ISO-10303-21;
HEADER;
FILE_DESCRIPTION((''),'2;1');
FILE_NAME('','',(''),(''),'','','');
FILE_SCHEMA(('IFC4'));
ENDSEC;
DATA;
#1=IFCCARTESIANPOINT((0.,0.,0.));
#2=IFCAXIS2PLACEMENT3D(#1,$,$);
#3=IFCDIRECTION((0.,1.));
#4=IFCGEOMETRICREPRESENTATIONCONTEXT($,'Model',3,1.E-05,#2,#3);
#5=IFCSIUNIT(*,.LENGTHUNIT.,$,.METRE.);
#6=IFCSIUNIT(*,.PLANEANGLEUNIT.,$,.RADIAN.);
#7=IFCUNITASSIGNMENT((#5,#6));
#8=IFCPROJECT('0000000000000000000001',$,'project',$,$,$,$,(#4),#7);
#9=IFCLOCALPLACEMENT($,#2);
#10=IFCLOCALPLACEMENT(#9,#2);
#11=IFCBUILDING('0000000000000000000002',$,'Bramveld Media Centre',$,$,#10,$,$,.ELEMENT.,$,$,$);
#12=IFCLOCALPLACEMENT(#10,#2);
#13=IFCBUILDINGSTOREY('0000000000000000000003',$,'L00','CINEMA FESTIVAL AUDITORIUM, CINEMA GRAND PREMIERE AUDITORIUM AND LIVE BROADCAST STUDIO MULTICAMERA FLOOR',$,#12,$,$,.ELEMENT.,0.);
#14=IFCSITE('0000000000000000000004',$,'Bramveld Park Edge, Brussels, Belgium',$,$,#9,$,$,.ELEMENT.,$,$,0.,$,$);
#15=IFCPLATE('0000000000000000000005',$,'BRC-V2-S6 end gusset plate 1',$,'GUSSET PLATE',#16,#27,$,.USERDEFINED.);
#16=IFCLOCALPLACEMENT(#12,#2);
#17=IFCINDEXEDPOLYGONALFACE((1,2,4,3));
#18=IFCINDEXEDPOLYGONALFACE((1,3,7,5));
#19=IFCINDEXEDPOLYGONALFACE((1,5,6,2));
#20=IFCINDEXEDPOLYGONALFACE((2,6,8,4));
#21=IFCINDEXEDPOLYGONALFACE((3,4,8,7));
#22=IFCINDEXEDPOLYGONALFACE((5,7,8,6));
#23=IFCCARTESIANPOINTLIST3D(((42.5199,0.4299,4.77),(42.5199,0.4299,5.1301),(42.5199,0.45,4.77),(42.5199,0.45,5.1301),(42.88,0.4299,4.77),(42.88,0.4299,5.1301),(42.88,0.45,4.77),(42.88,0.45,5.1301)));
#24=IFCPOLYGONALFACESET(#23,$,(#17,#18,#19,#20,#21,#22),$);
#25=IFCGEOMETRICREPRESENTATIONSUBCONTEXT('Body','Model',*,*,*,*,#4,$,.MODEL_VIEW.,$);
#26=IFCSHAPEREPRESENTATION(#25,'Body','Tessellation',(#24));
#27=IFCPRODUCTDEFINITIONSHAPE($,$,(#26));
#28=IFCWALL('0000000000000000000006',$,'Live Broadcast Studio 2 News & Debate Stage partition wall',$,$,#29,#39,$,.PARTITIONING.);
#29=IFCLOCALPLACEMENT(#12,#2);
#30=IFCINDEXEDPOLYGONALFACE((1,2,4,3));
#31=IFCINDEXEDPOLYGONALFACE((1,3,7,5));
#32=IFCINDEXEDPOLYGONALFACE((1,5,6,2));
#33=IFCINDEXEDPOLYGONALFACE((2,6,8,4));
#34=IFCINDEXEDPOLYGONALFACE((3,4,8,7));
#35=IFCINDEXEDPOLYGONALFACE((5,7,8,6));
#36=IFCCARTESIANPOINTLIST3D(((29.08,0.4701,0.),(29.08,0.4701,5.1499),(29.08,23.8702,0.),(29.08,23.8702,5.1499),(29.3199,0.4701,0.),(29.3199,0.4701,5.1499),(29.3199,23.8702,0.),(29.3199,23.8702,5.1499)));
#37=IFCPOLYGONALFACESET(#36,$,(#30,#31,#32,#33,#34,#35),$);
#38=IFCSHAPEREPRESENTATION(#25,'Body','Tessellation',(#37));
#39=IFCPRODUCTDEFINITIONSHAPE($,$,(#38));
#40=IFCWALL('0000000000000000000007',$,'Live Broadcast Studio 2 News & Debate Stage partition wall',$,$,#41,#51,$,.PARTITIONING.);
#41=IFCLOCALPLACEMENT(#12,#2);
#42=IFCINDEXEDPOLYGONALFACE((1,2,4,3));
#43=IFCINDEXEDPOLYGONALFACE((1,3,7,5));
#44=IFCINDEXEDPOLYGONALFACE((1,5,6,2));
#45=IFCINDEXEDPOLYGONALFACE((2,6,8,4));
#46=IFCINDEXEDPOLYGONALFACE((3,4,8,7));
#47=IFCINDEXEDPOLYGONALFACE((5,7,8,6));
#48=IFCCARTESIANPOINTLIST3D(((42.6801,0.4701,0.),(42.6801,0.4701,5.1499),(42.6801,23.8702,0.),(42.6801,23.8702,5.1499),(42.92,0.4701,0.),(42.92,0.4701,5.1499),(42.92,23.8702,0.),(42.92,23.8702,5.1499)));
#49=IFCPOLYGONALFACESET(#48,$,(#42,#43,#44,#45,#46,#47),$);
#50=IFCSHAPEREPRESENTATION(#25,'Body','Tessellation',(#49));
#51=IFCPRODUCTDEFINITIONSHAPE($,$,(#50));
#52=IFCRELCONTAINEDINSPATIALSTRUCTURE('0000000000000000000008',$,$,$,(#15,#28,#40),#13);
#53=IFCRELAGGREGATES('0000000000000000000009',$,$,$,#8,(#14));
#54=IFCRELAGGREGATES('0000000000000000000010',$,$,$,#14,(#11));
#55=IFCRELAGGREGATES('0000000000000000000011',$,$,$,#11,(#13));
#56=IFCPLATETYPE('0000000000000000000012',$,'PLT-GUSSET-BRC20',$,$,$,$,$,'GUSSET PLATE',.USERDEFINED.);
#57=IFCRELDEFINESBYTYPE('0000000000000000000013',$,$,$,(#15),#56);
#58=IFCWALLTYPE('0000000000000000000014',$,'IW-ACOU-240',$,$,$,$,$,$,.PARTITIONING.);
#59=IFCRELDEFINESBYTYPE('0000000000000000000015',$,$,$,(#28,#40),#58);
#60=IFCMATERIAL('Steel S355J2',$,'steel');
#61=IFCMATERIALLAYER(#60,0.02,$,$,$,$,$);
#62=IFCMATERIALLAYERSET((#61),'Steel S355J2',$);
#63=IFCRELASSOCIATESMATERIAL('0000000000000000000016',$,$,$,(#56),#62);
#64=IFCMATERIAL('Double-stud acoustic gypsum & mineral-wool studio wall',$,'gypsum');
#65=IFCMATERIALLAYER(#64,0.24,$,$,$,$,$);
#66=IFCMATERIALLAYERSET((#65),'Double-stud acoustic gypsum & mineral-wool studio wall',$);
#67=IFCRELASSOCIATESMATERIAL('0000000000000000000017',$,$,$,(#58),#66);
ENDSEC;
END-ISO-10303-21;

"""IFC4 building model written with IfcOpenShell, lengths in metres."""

from ifc_helpers import new_model, si_unit, direction, frame, frame_2d, origin, origin_2d, place, context, subcontext, project, spatial, rectangle, extrude, material, layer, layer_set, type_object, element, save


model = new_model("IFC4")

# Units and contexts
model_context = context("Model", 3, precision=1e-05, world=origin(), true_north=direction((0.0, 1.0)))
body_context = subcontext(model_context, "Body", "Model", "MODEL_VIEW")
ifc_project = project(units=[si_unit("LENGTHUNIT", "METRE"), si_unit("PLANEANGLEUNIT", "RADIAN")], contexts=[model_context])

# Site, building, storey
site_placement = place(None, origin())
site = spatial("IfcSite", under=ifc_project, at=site_placement, Name="Bramveld Park Edge, Brussels, Belgium", CompositionType="ELEMENT", RefElevation=0.0)
building_placement = place(site_placement, origin())
building = spatial("IfcBuilding", under=site, at=building_placement, Name="Bramveld Media Centre", CompositionType="ELEMENT")
storey_placement = place(building_placement, origin())
storey = spatial("IfcBuildingStorey", under=building, at=storey_placement, Name="L00", Description="CINEMA FESTIVAL AUDITORIUM, CINEMA GRAND PREMIERE AUDITORIUM AND LIVE BROADCAST STUDIO MULTICAMERA FLOOR", CompositionType="ELEMENT", Elevation=0.0)

# Plate
ifc_material_1 = material(Name="Steel S355J2", Category="steel")
ifc_layer_1 = layer(ifc_material_1, 0.02)
ifc_layer_set_1 = layer_set([ifc_layer_1], Name="Steel S355J2")
plate_type_1 = type_object("IfcPlateType", Name="PLT-GUSSET-BRC20", ElementType="GUSSET PLATE", PredefinedType="USERDEFINED", material=ifc_layer_set_1)
for number, where, z_axis, x_axis, name in (
    (1, (42.7, 0.4399, 4.77), (0.0, 0.0, 1.0), (1.0, 0.0, 0.0), "BRC-V2-S6 end gusset plate 1"),
):
    element("IfcPlate", number, at=place(storey_placement, frame(where, z_axis=z_axis, x_axis=x_axis)), inside=storey, type_object=plate_type_1, Name=name, ObjectType="GUSSET PLATE", PredefinedType="USERDEFINED", context=body_context, shape_type="SweptSolid", body=[
        extrude(rectangle(XDim=0.3601, YDim=0.02, at=origin_2d()), origin(), (0.0, 0.0, 1.0), 0.3601),
    ])

# Walls
ifc_material_2 = material(Name="Double-stud acoustic gypsum & mineral-wool studio wall", Category="gypsum")
ifc_layer_2 = layer(ifc_material_2, 0.24)
ifc_layer_set_2 = layer_set([ifc_layer_2], Name="Double-stud acoustic gypsum & mineral-wool studio wall")
wall_type = type_object("IfcWallType", Name="IW-ACOU-240", PredefinedType="PARTITIONING", material=ifc_layer_set_2)
for number, where, z_axis, x_axis, name in (
    (2, (29.2, 0.47, 0.0), (0.0, 0.0, 1.0), (0.0, 1.0, 0.0), "Live Broadcast Studio 2 News & Debate Stage partition wall"),
    (3, (42.8, 0.47, 0.0), (0.0, 0.0, 1.0), (0.0, 1.0, 0.0), "Live Broadcast Studio 2 News & Debate Stage partition wall"),
):
    element("IfcWall", number, at=place(storey_placement, frame(where, z_axis=z_axis, x_axis=x_axis)), inside=storey, type_object=wall_type, Name=name, PredefinedType="PARTITIONING", context=body_context, shape_type="SweptSolid", body=[
        extrude(rectangle(XDim=23.4001, YDim=0.24, at=frame_2d((11.7002, 0.0))), origin(), (0.0, 0.0, 1.0), 5.1499),
    ])

save(model, "model.ifc")
